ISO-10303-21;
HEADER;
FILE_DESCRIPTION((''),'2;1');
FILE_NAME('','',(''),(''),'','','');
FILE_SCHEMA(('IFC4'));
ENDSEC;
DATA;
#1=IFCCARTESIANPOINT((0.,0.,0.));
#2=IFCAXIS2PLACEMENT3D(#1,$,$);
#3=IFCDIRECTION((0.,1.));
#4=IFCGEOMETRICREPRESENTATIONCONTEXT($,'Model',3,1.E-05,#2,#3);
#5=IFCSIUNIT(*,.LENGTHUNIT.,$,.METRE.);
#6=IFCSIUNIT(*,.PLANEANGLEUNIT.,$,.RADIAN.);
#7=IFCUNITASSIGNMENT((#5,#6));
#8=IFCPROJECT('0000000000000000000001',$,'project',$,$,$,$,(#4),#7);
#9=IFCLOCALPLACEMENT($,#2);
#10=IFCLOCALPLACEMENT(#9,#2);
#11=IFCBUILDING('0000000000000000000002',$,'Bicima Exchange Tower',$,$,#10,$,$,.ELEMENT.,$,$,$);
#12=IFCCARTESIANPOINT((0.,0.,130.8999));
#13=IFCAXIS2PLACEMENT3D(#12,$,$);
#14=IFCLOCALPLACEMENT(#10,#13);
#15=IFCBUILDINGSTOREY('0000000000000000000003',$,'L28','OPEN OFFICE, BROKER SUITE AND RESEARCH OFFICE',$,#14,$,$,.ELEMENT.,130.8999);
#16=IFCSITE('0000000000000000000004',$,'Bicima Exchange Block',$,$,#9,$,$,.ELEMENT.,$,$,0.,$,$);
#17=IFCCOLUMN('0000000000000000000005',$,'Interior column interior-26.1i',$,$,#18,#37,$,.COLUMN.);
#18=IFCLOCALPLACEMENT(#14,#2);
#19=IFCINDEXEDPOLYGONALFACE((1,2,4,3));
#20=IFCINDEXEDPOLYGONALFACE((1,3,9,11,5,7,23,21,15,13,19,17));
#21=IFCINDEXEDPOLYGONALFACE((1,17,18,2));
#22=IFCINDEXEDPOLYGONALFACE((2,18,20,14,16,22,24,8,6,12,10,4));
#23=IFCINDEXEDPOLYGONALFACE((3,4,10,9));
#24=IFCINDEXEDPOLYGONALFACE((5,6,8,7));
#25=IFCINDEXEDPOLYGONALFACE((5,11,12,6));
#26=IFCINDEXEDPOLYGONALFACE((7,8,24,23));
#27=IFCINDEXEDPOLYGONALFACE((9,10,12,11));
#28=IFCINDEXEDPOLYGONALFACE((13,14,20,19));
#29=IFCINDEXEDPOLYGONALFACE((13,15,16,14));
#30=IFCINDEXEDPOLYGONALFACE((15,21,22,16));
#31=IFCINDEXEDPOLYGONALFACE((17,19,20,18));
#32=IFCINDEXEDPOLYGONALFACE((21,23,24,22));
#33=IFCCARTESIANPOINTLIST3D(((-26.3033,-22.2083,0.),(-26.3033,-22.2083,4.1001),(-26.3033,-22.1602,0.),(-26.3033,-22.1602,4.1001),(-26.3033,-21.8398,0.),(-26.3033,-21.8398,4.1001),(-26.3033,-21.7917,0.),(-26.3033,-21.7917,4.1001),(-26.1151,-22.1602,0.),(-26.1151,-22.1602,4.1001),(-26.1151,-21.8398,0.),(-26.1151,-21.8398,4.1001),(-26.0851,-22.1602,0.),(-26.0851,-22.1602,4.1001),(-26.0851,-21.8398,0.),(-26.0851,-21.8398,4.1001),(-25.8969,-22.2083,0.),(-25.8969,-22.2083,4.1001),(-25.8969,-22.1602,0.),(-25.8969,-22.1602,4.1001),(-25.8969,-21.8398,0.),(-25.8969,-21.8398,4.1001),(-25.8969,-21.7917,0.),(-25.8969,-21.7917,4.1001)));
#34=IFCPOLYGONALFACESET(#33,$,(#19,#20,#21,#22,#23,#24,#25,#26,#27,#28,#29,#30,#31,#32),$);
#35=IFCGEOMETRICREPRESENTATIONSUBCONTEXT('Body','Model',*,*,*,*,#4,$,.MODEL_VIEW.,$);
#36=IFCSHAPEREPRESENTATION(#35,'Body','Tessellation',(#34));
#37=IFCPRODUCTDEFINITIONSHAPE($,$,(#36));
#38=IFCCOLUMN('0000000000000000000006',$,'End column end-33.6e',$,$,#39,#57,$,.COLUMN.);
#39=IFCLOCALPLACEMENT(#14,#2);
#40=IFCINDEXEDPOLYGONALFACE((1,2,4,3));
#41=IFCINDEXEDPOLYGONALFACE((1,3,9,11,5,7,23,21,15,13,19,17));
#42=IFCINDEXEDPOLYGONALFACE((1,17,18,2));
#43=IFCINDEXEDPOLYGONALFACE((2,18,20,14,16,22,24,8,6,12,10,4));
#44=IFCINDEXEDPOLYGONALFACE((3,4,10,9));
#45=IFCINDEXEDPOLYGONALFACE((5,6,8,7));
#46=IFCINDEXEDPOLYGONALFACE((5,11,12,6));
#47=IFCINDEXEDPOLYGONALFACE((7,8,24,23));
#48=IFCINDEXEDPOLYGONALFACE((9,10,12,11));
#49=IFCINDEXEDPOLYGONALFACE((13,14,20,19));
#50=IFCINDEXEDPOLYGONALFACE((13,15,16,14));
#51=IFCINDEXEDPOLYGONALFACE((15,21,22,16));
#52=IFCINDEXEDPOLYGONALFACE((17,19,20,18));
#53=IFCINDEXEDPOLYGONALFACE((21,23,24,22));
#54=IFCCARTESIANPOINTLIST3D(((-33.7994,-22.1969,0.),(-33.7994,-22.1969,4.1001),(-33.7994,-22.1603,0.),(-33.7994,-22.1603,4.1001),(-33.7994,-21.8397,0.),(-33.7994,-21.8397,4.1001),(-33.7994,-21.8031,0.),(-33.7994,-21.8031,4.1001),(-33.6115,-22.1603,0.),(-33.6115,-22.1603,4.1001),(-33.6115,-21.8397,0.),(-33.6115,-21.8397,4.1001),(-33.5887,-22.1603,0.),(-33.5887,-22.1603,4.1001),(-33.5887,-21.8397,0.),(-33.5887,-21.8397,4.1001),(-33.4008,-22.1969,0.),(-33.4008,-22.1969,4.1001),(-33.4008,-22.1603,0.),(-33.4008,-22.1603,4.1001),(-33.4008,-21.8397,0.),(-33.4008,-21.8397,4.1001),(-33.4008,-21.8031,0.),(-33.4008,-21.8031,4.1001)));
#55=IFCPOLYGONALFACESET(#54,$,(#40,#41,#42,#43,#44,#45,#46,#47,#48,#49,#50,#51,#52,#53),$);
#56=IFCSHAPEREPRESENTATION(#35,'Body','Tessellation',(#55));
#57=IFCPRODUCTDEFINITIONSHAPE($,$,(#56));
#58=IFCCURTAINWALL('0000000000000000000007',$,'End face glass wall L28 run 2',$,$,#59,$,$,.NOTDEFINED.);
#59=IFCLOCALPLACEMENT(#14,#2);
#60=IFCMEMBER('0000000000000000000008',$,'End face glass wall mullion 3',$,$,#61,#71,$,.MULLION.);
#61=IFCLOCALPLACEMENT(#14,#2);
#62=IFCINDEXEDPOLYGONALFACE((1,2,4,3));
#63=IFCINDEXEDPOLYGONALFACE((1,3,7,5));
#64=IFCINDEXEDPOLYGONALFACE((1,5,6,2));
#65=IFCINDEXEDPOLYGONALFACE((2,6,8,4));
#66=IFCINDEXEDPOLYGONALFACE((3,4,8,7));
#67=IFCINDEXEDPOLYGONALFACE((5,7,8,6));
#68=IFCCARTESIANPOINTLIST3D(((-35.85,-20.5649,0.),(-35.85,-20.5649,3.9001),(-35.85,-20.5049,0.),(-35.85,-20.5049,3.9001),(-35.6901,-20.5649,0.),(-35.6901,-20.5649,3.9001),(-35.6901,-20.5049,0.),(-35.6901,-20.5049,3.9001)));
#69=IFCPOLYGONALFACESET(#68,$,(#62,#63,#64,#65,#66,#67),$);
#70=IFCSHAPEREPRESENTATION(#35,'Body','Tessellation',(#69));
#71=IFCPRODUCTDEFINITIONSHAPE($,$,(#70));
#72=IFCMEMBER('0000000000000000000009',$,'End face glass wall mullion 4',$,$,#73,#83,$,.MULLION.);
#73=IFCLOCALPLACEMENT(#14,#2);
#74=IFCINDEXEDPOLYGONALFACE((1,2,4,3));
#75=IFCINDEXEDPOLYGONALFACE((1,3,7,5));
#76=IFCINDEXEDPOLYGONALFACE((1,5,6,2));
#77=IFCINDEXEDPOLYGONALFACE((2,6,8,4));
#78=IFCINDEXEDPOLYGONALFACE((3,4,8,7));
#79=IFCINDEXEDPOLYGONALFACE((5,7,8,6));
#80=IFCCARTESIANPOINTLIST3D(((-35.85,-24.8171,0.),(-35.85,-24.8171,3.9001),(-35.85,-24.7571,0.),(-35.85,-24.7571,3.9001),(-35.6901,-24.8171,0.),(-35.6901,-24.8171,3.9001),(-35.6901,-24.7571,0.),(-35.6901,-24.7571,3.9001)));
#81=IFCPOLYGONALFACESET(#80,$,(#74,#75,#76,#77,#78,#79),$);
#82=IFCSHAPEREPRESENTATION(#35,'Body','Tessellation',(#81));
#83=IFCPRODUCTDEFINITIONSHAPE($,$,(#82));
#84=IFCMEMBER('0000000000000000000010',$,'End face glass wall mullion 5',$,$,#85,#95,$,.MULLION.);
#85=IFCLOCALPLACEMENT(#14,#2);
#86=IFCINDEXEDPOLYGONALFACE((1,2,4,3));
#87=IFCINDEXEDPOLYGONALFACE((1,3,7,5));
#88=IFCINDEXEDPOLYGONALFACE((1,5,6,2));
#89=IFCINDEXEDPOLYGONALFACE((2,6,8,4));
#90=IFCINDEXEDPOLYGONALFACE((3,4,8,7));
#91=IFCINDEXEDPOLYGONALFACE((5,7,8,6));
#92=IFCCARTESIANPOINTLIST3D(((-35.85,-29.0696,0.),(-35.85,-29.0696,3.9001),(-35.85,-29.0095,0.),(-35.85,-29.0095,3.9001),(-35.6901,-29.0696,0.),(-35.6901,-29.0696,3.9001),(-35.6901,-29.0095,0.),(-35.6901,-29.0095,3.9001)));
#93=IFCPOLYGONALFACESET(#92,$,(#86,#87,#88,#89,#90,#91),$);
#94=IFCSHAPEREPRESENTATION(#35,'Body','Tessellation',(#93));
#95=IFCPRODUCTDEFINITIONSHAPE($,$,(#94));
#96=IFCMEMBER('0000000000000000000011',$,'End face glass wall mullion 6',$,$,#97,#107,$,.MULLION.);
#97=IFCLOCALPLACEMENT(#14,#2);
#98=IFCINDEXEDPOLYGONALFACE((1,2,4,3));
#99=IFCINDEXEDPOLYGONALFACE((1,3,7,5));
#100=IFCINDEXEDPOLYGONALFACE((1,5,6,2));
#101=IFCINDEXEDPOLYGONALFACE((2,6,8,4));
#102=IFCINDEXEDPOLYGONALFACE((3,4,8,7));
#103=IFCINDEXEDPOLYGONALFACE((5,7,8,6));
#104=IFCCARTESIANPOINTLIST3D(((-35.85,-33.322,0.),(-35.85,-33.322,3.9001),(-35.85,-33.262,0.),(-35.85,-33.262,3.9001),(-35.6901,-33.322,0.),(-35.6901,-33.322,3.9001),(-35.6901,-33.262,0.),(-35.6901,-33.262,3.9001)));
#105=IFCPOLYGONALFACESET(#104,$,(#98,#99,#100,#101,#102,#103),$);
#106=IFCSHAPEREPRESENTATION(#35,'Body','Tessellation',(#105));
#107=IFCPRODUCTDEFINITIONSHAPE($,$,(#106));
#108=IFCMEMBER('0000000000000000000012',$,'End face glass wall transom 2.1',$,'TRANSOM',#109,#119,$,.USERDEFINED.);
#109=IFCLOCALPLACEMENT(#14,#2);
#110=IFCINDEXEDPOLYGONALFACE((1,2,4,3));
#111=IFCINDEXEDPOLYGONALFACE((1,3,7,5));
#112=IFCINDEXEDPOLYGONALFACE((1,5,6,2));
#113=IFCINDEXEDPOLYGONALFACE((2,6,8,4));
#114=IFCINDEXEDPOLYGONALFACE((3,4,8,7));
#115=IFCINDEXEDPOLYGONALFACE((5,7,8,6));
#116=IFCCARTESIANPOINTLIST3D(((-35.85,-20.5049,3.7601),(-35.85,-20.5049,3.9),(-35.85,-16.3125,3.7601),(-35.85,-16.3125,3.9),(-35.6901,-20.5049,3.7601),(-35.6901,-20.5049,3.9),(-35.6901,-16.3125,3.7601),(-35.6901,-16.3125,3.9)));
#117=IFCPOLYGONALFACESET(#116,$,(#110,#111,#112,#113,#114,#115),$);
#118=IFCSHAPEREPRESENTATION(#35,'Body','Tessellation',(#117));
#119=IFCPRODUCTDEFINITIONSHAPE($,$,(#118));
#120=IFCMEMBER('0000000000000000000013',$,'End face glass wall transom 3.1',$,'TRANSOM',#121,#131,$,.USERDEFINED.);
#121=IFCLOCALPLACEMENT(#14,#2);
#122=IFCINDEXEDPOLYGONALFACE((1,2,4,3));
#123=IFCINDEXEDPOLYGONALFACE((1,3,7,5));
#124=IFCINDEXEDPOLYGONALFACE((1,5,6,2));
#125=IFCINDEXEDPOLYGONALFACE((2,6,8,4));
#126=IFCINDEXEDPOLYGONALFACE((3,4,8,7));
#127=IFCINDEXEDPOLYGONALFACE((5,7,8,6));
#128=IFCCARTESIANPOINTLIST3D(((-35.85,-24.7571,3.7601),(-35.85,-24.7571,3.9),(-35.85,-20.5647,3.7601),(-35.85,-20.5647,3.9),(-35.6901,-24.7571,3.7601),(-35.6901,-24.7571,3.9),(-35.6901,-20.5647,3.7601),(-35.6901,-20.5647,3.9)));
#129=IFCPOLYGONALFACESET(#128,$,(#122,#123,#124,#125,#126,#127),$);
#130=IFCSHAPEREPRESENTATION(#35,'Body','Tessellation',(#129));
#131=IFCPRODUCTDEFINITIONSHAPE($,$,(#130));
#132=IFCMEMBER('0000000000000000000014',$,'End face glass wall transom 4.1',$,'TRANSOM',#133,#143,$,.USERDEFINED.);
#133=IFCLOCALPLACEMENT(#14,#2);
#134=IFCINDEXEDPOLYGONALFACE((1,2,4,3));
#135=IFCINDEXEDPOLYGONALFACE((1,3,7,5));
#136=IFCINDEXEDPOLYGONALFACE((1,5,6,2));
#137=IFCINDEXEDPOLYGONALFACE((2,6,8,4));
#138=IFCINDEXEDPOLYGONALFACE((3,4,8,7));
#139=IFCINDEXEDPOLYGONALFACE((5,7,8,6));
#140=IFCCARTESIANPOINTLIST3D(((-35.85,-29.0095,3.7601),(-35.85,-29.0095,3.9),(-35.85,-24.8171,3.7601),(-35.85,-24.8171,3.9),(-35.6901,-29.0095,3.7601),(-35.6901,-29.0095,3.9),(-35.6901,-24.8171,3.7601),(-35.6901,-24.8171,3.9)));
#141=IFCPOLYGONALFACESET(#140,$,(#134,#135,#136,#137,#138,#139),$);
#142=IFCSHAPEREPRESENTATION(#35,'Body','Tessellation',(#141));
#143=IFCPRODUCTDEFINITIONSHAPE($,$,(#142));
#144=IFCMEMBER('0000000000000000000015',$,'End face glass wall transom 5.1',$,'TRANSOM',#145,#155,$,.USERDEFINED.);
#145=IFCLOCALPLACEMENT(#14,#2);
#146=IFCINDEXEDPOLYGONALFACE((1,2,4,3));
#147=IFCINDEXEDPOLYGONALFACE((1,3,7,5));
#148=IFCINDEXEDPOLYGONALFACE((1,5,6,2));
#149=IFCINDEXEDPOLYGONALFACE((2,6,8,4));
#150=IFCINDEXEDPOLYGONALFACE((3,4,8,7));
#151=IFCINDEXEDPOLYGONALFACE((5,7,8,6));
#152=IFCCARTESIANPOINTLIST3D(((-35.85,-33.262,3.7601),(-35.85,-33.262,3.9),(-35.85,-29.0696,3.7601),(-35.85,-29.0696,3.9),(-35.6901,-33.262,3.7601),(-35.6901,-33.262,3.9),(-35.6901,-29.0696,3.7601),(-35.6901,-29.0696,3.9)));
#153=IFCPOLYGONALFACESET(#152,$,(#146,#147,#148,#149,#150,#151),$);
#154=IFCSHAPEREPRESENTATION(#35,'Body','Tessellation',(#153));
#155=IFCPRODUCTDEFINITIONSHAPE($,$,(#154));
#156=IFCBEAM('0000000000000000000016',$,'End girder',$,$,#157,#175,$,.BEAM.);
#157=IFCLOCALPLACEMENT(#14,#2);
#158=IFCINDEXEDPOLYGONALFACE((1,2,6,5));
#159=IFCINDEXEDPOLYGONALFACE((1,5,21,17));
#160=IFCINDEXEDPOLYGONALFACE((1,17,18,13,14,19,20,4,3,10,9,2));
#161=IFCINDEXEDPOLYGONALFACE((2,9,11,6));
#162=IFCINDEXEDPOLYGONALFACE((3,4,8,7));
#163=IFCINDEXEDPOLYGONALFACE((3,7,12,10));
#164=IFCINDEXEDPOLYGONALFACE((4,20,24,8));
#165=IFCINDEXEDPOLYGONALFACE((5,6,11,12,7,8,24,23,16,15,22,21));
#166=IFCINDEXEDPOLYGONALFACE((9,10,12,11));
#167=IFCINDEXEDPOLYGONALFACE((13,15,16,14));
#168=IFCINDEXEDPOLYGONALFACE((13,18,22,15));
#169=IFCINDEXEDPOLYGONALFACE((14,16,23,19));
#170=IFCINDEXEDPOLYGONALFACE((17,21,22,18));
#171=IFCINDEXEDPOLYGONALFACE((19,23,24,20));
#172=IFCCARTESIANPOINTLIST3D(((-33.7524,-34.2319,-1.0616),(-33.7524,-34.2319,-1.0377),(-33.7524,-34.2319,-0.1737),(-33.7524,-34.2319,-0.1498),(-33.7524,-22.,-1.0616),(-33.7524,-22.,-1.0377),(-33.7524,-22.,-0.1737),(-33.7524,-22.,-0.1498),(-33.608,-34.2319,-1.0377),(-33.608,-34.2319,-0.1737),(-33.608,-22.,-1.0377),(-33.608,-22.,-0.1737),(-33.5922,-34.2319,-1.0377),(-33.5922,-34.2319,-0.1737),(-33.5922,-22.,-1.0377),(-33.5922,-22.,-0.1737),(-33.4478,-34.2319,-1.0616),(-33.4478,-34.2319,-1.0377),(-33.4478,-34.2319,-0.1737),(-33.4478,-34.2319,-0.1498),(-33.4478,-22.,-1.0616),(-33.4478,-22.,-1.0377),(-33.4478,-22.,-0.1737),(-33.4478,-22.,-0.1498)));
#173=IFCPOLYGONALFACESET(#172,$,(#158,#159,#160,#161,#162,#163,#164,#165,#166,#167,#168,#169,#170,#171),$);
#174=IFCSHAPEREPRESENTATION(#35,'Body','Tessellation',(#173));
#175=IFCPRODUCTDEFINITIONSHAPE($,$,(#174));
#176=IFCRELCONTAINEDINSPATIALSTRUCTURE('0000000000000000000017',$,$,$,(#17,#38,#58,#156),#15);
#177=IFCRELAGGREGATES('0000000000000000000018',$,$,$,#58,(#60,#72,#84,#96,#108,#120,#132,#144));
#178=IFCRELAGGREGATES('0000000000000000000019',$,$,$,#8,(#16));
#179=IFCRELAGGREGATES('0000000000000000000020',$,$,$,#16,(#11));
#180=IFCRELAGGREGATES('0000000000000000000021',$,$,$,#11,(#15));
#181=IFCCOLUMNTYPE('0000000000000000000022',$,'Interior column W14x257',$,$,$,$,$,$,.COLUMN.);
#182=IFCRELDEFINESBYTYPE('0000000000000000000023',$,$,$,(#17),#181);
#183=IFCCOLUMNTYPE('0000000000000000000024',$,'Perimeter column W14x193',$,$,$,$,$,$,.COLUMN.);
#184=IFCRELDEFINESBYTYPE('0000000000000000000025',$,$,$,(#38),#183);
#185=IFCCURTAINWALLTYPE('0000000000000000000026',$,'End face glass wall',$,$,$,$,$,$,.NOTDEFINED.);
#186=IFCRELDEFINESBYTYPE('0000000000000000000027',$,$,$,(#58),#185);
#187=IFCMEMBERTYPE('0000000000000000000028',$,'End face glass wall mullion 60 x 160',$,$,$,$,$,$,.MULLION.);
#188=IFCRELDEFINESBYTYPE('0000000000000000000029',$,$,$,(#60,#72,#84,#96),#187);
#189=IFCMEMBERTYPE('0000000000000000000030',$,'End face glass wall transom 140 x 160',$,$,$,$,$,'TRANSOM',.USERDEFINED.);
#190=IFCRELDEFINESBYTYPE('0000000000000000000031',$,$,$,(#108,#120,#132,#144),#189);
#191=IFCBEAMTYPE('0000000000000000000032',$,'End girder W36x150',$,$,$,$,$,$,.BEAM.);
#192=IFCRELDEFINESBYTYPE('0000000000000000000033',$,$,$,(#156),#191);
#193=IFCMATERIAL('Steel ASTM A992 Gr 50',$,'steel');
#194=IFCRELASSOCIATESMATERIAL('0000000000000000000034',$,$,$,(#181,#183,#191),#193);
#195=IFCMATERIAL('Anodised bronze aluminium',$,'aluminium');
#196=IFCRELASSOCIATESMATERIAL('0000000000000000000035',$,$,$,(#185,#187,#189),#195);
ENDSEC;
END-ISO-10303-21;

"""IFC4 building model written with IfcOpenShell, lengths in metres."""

from ifc_helpers import new_model, si_unit, direction, frame, origin, origin_2d, place, context, subcontext, project, spatial, rectangle, i_section, extrude, material, material_profile, profile_set, type_object, element, aggregate, save


model = new_model("IFC4")

# Units and contexts
model_context = context("Model", 3, precision=1e-05, world=origin(), true_north=direction((0.0, 1.0)))
body_context = subcontext(model_context, "Body", "Model", "MODEL_VIEW")
ifc_project = project(units=[si_unit("LENGTHUNIT", "METRE"), si_unit("PLANEANGLEUNIT", "RADIAN")], contexts=[model_context])

# Site, building, storey
site_placement = place(None, origin())
site = spatial("IfcSite", under=ifc_project, at=site_placement, Name="Bicima Exchange Block", CompositionType="ELEMENT", RefElevation=0.0)
building_placement = place(site_placement, origin())
building = spatial("IfcBuilding", under=site, at=building_placement, Name="Bicima Exchange Tower", CompositionType="ELEMENT")
storey_placement = place(building_placement, frame((0.0, 0.0, 130.8999)))
storey = spatial("IfcBuildingStorey", under=building, at=storey_placement, Name="L28", Description="OPEN OFFICE, BROKER SUITE AND RESEARCH OFFICE", CompositionType="ELEMENT", Elevation=130.8999)

# Columns
ifc_material_1 = material(Name="Steel ASTM A992 Gr 50", Category="steel")
ifc_material_profile_1 = material_profile(ifc_material_1, i_section(OverallWidth=0.4065, OverallDepth=0.4165, WebThickness=0.03, FlangeThickness=0.0481, at=origin_2d()))
ifc_profile_set_1 = profile_set([ifc_material_profile_1], Name="Steel ASTM A992 Gr 50")
column_type_1 = type_object("IfcColumnType", Name="Interior column W14x257", PredefinedType="COLUMN", material=ifc_profile_set_1)
column_1_placement = place(storey_placement, frame((-26.1001, -22.0, 0.0), z_axis=(0.0, 0.0, 1.0), x_axis=(1.0, 0.0, 0.0)))
element("IfcColumn", 1, at=column_1_placement, inside=storey, type_object=column_type_1, Name="Interior column interior-26.1i", PredefinedType="COLUMN", context=body_context, shape_type="SweptSolid", body=[
    extrude(i_section(OverallWidth=0.4065, OverallDepth=0.4165, WebThickness=0.03, FlangeThickness=0.0481, at=origin_2d()), origin(), (0.0, 0.0, 1.0), 4.1001),
])
ifc_material_profile_2 = material_profile(ifc_material_1, i_section(OverallWidth=0.3987, OverallDepth=0.3938, WebThickness=0.0227, FlangeThickness=0.0366, at=origin_2d()))
ifc_profile_set_2 = profile_set([ifc_material_profile_2], Name="Steel ASTM A992 Gr 50")
column_type_2 = type_object("IfcColumnType", Name="Perimeter column W14x193", PredefinedType="COLUMN", material=ifc_profile_set_2)
column_2_placement = place(storey_placement, frame((-33.6001, -22.0, 0.0), z_axis=(0.0, 0.0, 1.0), x_axis=(1.0, 0.0, 0.0)))
element("IfcColumn", 2, at=column_2_placement, inside=storey, type_object=column_type_2, Name="End column end-33.6e", PredefinedType="COLUMN", context=body_context, shape_type="SweptSolid", body=[
    extrude(i_section(OverallWidth=0.3987, OverallDepth=0.3938, WebThickness=0.0227, FlangeThickness=0.0366, at=origin_2d()), origin(), (0.0, 0.0, 1.0), 4.1001),
])

# Curtain wall, members
ifc_material_2 = material(Name="Anodised bronze aluminium", Category="aluminium")
curtain_wall_type_1 = type_object("IfcCurtainWallType", Name="End face glass wall", PredefinedType="NOTDEFINED", material=ifc_material_2)
curtain_wall_1_placement = place(storey_placement, origin())
curtain_wall_1 = element("IfcCurtainWall", 3, at=curtain_wall_1_placement, inside=storey, type_object=curtain_wall_type_1, Name="End face glass wall L28 run 2", PredefinedType="NOTDEFINED")
ifc_material_profile_3 = material_profile(ifc_material_2, rectangle(XDim=0.1599, YDim=0.0601, at=origin_2d()))
ifc_profile_set_3 = profile_set([ifc_material_profile_3], Name="Anodised bronze aluminium")
member_type_1 = type_object("IfcMemberType", Name="End face glass wall mullion 60 x 160", PredefinedType="MULLION", material=ifc_profile_set_3)
member_1_placement = place(storey_placement, frame((-35.77, -20.5349, 0.0), z_axis=(0.0, 0.0, 1.0), x_axis=(1.0, 0.0, 0.0)))
member_1 = element("IfcMember", 4, at=member_1_placement, type_object=member_type_1, Name="End face glass wall mullion 3", PredefinedType="MULLION", context=body_context, shape_type="SweptSolid", body=[
    extrude(rectangle(XDim=0.1599, YDim=0.0601, at=origin_2d()), origin(), (0.0, 0.0, 1.0), 3.9001),
])
member_2_placement = place(storey_placement, frame((-35.77, -24.7871, 0.0), z_axis=(0.0, 0.0, 1.0), x_axis=(1.0, 0.0, 0.0)))
member_2 = element("IfcMember", 5, at=member_2_placement, type_object=member_type_1, Name="End face glass wall mullion 4", PredefinedType="MULLION", context=body_context, shape_type="SweptSolid", body=[
    extrude(rectangle(XDim=0.1599, YDim=0.0601, at=origin_2d()), origin(), (0.0, 0.0, 1.0), 3.9001),
])
member_3_placement = place(storey_placement, frame((-35.77, -29.0396, 0.0), z_axis=(0.0, 0.0, 1.0), x_axis=(1.0, 0.0, 0.0)))
member_3 = element("IfcMember", 6, at=member_3_placement, type_object=member_type_1, Name="End face glass wall mullion 5", PredefinedType="MULLION", context=body_context, shape_type="SweptSolid", body=[
    extrude(rectangle(XDim=0.1599, YDim=0.0601, at=origin_2d()), origin(), (0.0, 0.0, 1.0), 3.9001),
])
member_4_placement = place(storey_placement, frame((-35.77, -33.292, 0.0), z_axis=(0.0, 0.0, 1.0), x_axis=(1.0, 0.0, 0.0)))
member_4 = element("IfcMember", 7, at=member_4_placement, type_object=member_type_1, Name="End face glass wall mullion 6", PredefinedType="MULLION", context=body_context, shape_type="SweptSolid", body=[
    extrude(rectangle(XDim=0.1599, YDim=0.0601, at=origin_2d()), origin(), (0.0, 0.0, 1.0), 3.9001),
])
ifc_material_profile_4 = material_profile(ifc_material_2, rectangle(XDim=0.1599, YDim=0.1399, at=origin_2d()))
ifc_profile_set_4 = profile_set([ifc_material_profile_4], Name="Anodised bronze aluminium")
member_type_2 = type_object("IfcMemberType", Name="End face glass wall transom 140 x 160", ElementType="TRANSOM", PredefinedType="USERDEFINED", material=ifc_profile_set_4)
member_5_placement = place(storey_placement, frame((-35.77, -16.3125, 3.8301), z_axis=(0.0, -1.0, 0.0), x_axis=(1.0, 0.0, 0.0)))
member_5 = element("IfcMember", 8, at=member_5_placement, type_object=member_type_2, Name="End face glass wall transom 2.1", ObjectType="TRANSOM", PredefinedType="USERDEFINED", context=body_context, shape_type="SweptSolid", body=[
    extrude(rectangle(XDim=0.1599, YDim=0.1399, at=origin_2d()), origin(), (0.0, 0.0, 1.0), 4.1924),
])
member_6_placement = place(storey_placement, frame((-35.77, -20.5647, 3.8301), z_axis=(0.0, -1.0, 0.0), x_axis=(1.0, 0.0, 0.0)))
member_6 = element("IfcMember", 9, at=member_6_placement, type_object=member_type_2, Name="End face glass wall transom 3.1", ObjectType="TRANSOM", PredefinedType="USERDEFINED", context=body_context, shape_type="SweptSolid", body=[
    extrude(rectangle(XDim=0.1599, YDim=0.1399, at=origin_2d()), origin(), (0.0, 0.0, 1.0), 4.1924),
])
member_7_placement = place(storey_placement, frame((-35.77, -24.8171, 3.8301), z_axis=(0.0, -1.0, 0.0), x_axis=(1.0, 0.0, 0.0)))
member_7 = element("IfcMember", 10, at=member_7_placement, type_object=member_type_2, Name="End face glass wall transom 4.1", ObjectType="TRANSOM", PredefinedType="USERDEFINED", context=body_context, shape_type="SweptSolid", body=[
    extrude(rectangle(XDim=0.1599, YDim=0.1399, at=origin_2d()), origin(), (0.0, 0.0, 1.0), 4.1924),
])
member_8_placement = place(storey_placement, frame((-35.77, -29.0696, 3.8301), z_axis=(0.0, -1.0, 0.0), x_axis=(1.0, 0.0, 0.0)))
member_8 = element("IfcMember", 11, at=member_8_placement, type_object=member_type_2, Name="End face glass wall transom 5.1", ObjectType="TRANSOM", PredefinedType="USERDEFINED", context=body_context, shape_type="SweptSolid", body=[
    extrude(rectangle(XDim=0.1599, YDim=0.1399, at=origin_2d()), origin(), (0.0, 0.0, 1.0), 4.1924),
])

# Beam
ifc_material_profile_5 = material_profile(ifc_material_1, i_section(OverallWidth=0.3047, OverallDepth=0.9119, WebThickness=0.0159, FlangeThickness=0.0239, at=origin_2d()))
ifc_profile_set_5 = profile_set([ifc_material_profile_5], Name="Steel ASTM A992 Gr 50")
beam_type_1 = type_object("IfcBeamType", Name="End girder W36x150", PredefinedType="BEAM", material=ifc_profile_set_5)
beam_1_placement = place(storey_placement, frame((-33.6001, -22.0, -0.6057), z_axis=(0.0, -1.0, 0.0), x_axis=(1.0, 0.0, 0.0)))
element("IfcBeam", 12, at=beam_1_placement, inside=storey, type_object=beam_type_1, Name="End girder", PredefinedType="BEAM", context=body_context, shape_type="SweptSolid", body=[
    extrude(i_section(OverallWidth=0.3047, OverallDepth=0.9119, WebThickness=0.0159, FlangeThickness=0.0239, at=origin_2d()), origin(), (0.0, 0.0, 1.0), 12.2319),
])

aggregate(curtain_wall_1, [member_1, member_2, member_3, member_4, member_5, member_6, member_7, member_8])

save(model, "model.ifc")
